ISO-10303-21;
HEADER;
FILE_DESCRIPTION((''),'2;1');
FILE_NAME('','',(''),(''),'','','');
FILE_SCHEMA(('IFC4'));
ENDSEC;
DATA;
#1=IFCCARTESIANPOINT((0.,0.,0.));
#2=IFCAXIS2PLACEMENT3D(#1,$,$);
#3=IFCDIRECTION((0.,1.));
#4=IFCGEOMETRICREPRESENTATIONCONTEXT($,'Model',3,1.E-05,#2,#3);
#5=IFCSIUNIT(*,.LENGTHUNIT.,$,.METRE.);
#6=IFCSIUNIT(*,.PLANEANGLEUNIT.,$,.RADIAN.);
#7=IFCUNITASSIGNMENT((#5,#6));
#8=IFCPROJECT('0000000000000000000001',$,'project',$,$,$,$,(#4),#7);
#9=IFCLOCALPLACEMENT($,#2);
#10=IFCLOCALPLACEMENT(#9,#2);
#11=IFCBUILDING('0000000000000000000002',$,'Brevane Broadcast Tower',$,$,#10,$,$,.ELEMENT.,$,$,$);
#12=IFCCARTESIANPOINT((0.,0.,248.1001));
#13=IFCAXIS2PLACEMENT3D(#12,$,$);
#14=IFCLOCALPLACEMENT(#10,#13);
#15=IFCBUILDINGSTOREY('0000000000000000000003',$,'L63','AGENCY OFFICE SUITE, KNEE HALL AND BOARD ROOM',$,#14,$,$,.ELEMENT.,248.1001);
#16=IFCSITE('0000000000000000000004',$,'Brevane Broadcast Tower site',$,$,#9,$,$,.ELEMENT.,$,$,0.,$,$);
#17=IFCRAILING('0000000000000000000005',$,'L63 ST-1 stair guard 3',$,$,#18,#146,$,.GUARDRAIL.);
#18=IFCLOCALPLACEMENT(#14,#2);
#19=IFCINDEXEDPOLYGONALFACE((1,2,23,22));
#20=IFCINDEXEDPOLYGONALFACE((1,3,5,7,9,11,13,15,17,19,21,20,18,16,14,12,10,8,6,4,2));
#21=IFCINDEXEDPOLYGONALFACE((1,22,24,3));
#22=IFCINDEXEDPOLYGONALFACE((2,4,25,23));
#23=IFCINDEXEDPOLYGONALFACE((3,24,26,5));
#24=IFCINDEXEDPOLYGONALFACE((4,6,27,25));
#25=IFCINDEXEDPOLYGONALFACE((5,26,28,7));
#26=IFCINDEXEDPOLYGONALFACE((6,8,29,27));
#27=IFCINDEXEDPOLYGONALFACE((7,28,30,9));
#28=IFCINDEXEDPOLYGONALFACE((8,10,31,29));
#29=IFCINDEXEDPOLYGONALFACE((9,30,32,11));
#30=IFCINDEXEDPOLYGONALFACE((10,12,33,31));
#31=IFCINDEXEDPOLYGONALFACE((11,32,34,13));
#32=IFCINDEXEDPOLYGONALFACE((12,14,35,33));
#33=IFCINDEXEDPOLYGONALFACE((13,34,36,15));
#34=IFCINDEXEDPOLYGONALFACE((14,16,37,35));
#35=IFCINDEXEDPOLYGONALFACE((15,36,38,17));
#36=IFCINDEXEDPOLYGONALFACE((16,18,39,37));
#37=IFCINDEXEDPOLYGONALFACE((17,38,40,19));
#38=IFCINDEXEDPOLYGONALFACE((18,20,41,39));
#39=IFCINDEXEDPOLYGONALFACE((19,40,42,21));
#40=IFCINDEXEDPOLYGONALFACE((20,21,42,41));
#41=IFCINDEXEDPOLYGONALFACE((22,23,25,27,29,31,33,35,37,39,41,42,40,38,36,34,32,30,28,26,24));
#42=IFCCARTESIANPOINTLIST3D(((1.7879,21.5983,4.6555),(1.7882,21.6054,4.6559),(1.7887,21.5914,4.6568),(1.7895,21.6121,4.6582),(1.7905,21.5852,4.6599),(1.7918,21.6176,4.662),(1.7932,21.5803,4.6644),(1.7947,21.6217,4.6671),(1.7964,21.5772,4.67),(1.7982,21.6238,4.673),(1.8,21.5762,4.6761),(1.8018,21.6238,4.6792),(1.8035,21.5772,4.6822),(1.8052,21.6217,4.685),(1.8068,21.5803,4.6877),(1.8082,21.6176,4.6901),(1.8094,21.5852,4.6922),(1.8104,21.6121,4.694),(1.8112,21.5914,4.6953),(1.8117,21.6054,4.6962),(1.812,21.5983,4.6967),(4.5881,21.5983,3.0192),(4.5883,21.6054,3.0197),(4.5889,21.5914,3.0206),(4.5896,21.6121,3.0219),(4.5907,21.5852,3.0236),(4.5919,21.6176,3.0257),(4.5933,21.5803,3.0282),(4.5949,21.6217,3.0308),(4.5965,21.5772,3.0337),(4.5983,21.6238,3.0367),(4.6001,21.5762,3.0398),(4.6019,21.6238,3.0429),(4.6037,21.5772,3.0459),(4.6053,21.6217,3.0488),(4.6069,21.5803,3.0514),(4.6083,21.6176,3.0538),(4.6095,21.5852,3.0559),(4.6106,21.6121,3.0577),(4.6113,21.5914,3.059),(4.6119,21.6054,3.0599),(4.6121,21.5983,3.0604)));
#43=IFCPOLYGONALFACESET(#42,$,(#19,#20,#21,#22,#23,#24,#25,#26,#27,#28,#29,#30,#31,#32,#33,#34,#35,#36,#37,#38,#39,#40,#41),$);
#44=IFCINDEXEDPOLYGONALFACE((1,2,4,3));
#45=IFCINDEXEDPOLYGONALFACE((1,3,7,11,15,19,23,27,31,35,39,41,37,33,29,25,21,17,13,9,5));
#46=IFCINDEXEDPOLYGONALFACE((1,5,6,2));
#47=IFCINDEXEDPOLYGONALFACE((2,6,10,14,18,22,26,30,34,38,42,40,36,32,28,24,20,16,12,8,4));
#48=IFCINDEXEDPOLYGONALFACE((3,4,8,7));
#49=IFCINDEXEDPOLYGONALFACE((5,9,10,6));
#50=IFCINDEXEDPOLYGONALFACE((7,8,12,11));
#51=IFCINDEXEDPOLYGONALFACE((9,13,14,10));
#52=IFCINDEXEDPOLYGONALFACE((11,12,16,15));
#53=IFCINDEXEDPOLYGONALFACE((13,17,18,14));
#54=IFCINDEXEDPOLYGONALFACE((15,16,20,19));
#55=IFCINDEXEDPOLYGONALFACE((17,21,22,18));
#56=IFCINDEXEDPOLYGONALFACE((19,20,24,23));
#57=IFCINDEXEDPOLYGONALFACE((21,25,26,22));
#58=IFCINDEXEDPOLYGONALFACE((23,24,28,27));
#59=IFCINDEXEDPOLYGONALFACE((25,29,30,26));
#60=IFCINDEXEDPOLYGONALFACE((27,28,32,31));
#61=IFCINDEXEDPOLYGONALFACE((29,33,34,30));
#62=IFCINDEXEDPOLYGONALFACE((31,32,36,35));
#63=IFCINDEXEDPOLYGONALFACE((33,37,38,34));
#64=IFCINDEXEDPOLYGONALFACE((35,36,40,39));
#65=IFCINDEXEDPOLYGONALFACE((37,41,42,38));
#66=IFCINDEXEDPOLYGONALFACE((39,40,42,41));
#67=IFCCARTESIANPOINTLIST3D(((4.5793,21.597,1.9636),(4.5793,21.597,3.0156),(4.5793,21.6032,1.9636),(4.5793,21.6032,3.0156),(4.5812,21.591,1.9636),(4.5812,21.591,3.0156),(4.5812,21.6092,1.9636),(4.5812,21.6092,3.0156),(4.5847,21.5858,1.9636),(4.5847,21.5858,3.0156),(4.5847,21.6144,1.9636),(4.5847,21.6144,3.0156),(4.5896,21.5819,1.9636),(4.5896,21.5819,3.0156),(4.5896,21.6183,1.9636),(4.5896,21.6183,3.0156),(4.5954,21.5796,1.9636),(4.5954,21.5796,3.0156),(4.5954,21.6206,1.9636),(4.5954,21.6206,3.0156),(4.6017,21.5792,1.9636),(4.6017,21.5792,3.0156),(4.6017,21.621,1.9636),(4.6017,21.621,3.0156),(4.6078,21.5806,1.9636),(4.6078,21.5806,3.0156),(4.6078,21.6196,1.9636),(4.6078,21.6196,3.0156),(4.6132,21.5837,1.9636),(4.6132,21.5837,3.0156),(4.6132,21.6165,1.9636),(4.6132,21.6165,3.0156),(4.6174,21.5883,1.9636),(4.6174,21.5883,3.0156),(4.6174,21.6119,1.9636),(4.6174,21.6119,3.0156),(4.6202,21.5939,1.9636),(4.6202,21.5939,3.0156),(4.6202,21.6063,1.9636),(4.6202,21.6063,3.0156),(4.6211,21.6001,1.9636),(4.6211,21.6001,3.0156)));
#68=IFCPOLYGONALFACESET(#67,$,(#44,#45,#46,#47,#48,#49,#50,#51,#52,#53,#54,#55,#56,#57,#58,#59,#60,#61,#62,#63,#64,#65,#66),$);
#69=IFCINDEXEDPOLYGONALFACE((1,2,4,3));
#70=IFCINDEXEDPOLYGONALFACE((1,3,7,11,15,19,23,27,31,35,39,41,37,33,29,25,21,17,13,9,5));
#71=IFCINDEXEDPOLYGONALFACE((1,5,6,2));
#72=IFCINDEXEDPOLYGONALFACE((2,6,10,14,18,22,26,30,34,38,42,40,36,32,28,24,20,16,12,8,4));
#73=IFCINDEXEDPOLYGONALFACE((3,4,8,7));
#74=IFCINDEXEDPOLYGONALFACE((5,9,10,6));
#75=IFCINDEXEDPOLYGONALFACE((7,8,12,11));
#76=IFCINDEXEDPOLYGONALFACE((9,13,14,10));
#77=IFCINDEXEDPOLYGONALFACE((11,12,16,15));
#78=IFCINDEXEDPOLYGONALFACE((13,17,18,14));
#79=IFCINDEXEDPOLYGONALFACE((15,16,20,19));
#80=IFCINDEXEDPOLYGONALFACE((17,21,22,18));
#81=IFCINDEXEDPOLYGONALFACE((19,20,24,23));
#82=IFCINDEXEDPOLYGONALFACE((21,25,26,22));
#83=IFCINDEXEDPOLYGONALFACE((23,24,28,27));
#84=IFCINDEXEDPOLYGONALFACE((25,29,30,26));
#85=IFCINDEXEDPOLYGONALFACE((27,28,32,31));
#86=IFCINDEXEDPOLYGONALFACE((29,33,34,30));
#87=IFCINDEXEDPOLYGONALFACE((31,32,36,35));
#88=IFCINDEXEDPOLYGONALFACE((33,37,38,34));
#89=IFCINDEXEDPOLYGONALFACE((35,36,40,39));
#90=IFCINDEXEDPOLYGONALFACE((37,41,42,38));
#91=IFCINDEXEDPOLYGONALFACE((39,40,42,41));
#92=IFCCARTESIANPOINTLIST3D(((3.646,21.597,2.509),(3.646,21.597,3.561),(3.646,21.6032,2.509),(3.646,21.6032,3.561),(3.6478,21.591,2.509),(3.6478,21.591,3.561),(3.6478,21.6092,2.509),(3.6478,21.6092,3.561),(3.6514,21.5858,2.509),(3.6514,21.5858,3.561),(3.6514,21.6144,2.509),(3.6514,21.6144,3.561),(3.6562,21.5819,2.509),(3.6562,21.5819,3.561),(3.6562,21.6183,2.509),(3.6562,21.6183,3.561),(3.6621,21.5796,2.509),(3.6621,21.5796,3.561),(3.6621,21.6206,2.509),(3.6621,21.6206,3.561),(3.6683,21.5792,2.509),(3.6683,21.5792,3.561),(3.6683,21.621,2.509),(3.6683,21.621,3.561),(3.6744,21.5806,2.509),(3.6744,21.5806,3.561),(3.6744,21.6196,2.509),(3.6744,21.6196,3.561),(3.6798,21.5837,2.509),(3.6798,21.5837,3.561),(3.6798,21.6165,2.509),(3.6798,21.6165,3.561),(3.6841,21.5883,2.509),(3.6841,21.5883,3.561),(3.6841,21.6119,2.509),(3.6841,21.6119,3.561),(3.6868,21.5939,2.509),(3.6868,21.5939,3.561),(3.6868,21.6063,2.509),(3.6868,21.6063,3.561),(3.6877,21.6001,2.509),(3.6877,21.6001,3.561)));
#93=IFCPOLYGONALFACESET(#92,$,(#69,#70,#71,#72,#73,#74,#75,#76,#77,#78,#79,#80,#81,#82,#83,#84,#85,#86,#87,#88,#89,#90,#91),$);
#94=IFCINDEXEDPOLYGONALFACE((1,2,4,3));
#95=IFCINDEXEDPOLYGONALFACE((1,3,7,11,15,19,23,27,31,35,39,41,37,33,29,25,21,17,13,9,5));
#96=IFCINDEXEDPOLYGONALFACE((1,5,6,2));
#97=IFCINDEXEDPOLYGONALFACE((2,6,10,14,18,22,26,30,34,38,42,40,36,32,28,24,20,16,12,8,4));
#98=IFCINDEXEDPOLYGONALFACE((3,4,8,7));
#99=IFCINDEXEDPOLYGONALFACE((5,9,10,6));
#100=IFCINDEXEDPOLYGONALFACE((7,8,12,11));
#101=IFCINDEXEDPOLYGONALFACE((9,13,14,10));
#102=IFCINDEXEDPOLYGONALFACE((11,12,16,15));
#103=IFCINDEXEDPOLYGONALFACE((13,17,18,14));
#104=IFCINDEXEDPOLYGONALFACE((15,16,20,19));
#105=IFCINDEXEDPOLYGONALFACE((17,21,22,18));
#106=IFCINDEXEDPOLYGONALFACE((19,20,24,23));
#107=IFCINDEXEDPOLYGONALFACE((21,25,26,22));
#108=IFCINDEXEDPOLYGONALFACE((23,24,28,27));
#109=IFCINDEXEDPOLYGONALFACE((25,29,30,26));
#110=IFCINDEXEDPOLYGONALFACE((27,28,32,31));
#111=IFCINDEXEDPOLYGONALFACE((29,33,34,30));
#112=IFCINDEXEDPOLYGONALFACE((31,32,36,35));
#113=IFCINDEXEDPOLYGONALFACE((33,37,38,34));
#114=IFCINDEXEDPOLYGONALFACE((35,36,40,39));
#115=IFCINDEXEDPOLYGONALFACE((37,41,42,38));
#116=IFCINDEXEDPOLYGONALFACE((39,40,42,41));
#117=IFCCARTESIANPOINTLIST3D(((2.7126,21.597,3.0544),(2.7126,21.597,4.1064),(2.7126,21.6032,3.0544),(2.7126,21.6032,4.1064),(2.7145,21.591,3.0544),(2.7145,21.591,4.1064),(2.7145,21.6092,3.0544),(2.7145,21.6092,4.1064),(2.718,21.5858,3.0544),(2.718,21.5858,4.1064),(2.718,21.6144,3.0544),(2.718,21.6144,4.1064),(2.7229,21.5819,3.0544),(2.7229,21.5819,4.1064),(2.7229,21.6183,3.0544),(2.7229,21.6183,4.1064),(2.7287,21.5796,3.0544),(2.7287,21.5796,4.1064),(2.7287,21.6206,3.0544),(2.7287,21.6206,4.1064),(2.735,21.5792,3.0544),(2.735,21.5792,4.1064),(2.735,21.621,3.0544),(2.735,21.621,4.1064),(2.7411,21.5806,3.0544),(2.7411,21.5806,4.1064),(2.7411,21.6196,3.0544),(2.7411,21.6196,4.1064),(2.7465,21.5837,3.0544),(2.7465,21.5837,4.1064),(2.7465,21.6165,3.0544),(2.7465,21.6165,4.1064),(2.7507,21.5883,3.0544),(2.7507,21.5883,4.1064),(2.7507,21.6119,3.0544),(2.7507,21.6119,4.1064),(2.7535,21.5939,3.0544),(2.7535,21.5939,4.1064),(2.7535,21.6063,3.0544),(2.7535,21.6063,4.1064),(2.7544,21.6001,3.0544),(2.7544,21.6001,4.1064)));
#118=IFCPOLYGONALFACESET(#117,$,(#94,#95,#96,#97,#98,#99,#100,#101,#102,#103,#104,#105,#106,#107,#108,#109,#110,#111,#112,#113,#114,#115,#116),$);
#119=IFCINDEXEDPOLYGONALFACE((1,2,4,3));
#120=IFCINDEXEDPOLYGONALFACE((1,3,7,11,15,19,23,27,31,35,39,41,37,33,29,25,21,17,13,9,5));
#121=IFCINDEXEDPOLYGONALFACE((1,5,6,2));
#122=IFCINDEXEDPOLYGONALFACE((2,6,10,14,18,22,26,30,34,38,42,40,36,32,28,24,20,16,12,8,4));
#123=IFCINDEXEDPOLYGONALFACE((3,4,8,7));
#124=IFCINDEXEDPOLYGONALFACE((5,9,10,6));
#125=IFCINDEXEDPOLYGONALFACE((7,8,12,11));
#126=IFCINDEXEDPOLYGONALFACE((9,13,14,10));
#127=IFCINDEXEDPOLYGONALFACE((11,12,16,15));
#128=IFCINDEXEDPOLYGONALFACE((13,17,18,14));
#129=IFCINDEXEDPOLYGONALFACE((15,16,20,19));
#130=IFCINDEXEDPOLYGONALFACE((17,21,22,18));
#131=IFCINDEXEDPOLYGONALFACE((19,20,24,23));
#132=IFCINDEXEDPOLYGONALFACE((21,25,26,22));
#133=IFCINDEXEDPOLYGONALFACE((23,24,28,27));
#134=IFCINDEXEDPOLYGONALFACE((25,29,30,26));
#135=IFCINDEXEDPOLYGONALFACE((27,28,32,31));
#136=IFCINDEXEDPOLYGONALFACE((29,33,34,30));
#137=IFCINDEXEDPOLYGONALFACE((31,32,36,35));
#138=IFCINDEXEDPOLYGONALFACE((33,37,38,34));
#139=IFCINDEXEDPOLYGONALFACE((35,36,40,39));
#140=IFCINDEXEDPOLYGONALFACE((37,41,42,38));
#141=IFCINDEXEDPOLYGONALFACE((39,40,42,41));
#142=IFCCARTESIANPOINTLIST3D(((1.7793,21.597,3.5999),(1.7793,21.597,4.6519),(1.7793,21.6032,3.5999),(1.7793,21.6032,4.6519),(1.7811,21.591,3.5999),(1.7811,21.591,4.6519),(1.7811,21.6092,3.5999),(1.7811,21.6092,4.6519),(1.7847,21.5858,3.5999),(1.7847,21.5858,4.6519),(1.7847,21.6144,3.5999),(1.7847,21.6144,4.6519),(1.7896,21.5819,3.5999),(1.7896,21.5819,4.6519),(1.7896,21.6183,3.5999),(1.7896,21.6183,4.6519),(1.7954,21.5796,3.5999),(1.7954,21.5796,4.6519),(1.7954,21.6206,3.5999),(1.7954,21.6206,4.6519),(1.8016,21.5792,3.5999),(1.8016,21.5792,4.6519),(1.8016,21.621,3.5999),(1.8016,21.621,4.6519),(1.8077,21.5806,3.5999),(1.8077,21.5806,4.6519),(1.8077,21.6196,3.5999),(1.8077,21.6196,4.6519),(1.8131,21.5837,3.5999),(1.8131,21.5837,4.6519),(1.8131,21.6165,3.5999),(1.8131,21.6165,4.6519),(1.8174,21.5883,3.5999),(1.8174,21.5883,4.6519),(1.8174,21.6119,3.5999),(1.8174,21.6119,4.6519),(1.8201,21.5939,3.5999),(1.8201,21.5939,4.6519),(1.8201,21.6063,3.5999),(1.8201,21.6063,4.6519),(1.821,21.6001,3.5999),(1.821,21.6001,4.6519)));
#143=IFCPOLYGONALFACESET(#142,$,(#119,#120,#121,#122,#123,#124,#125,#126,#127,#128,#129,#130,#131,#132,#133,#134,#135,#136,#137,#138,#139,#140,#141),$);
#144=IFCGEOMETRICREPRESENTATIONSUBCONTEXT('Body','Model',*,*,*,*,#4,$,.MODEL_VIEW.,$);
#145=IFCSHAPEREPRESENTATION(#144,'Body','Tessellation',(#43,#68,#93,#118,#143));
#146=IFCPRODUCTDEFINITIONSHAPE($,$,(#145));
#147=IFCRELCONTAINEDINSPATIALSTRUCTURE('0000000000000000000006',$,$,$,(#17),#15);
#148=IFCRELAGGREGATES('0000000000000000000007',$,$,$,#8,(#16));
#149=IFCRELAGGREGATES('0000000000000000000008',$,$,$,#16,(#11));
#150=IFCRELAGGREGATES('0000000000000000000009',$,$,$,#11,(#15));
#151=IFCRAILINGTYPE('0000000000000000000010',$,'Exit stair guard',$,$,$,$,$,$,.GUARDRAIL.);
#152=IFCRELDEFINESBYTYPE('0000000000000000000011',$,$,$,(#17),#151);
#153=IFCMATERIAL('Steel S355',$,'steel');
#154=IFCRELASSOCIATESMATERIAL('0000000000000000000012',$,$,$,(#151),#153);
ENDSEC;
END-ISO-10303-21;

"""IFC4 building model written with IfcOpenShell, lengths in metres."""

from ifc_helpers import new_model, si_unit, direction, frame, origin, origin_2d, place, context, subcontext, project, spatial, circle, extrude, material, type_object, element, save


model = new_model("IFC4")

# Units and contexts
model_context = context("Model", 3, precision=1e-05, world=origin(), true_north=direction((0.0, 1.0)))
body_context = subcontext(model_context, "Body", "Model", "MODEL_VIEW")
ifc_project = project(units=[si_unit("LENGTHUNIT", "METRE"), si_unit("PLANEANGLEUNIT", "RADIAN")], contexts=[model_context])

# Site, building, storey
site_placement = place(None, origin())
site = spatial("IfcSite", under=ifc_project, at=site_placement, Name="Brevane Broadcast Tower site", CompositionType="ELEMENT", RefElevation=0.0)
building_placement = place(site_placement, origin())
building = spatial("IfcBuilding", under=site, at=building_placement, Name="Brevane Broadcast Tower", CompositionType="ELEMENT")
storey_placement = place(building_placement, frame((0.0, 0.0, 248.1001)))
storey = spatial("IfcBuildingStorey", under=building, at=storey_placement, Name="L63", Description="AGENCY OFFICE SUITE, KNEE HALL AND BOARD ROOM", CompositionType="ELEMENT", Elevation=248.1001)

# Railing
ifc_material_1 = material(Name="Steel S355", Category="steel")
railing_type_1 = type_object("IfcRailingType", Name="Exit stair guard", PredefinedType="GUARDRAIL", material=ifc_material_1)
railing_1_placement = place(storey_placement, frame((4.6001, 21.6001, 1.9636)))
element("IfcRailing", 1, at=railing_1_placement, inside=storey, type_object=railing_type_1, Name="L63 ST-1 stair guard 3", PredefinedType="GUARDRAIL", context=body_context, shape_type="SweptSolid", body=[
    extrude(circle(Radius=0.0239, at=origin_2d()), frame((0.0, 0.0, 1.0762), z_axis=(-0.863394, 0.0, 0.504531), x_axis=(0.0, -1.0, 0.0)), (0.0, 0.0, 1.0), 3.2432),
    extrude(circle(Radius=0.021, at=origin_2d()), origin(), (0.0, 0.0, 1.0), 1.052),
    extrude(circle(Radius=0.021, at=origin_2d()), frame((-0.9333, 0.0, 0.5454)), (0.0, 0.0, 1.0), 1.052),
    extrude(circle(Radius=0.021, at=origin_2d()), frame((-1.8667, 0.0, 1.0908)), (0.0, 0.0, 1.0), 1.052),
    extrude(circle(Radius=0.021, at=origin_2d()), frame((-2.8, 0.0, 1.6362)), (0.0, 0.0, 1.0), 1.052),
])

save(model, "model.ifc")
